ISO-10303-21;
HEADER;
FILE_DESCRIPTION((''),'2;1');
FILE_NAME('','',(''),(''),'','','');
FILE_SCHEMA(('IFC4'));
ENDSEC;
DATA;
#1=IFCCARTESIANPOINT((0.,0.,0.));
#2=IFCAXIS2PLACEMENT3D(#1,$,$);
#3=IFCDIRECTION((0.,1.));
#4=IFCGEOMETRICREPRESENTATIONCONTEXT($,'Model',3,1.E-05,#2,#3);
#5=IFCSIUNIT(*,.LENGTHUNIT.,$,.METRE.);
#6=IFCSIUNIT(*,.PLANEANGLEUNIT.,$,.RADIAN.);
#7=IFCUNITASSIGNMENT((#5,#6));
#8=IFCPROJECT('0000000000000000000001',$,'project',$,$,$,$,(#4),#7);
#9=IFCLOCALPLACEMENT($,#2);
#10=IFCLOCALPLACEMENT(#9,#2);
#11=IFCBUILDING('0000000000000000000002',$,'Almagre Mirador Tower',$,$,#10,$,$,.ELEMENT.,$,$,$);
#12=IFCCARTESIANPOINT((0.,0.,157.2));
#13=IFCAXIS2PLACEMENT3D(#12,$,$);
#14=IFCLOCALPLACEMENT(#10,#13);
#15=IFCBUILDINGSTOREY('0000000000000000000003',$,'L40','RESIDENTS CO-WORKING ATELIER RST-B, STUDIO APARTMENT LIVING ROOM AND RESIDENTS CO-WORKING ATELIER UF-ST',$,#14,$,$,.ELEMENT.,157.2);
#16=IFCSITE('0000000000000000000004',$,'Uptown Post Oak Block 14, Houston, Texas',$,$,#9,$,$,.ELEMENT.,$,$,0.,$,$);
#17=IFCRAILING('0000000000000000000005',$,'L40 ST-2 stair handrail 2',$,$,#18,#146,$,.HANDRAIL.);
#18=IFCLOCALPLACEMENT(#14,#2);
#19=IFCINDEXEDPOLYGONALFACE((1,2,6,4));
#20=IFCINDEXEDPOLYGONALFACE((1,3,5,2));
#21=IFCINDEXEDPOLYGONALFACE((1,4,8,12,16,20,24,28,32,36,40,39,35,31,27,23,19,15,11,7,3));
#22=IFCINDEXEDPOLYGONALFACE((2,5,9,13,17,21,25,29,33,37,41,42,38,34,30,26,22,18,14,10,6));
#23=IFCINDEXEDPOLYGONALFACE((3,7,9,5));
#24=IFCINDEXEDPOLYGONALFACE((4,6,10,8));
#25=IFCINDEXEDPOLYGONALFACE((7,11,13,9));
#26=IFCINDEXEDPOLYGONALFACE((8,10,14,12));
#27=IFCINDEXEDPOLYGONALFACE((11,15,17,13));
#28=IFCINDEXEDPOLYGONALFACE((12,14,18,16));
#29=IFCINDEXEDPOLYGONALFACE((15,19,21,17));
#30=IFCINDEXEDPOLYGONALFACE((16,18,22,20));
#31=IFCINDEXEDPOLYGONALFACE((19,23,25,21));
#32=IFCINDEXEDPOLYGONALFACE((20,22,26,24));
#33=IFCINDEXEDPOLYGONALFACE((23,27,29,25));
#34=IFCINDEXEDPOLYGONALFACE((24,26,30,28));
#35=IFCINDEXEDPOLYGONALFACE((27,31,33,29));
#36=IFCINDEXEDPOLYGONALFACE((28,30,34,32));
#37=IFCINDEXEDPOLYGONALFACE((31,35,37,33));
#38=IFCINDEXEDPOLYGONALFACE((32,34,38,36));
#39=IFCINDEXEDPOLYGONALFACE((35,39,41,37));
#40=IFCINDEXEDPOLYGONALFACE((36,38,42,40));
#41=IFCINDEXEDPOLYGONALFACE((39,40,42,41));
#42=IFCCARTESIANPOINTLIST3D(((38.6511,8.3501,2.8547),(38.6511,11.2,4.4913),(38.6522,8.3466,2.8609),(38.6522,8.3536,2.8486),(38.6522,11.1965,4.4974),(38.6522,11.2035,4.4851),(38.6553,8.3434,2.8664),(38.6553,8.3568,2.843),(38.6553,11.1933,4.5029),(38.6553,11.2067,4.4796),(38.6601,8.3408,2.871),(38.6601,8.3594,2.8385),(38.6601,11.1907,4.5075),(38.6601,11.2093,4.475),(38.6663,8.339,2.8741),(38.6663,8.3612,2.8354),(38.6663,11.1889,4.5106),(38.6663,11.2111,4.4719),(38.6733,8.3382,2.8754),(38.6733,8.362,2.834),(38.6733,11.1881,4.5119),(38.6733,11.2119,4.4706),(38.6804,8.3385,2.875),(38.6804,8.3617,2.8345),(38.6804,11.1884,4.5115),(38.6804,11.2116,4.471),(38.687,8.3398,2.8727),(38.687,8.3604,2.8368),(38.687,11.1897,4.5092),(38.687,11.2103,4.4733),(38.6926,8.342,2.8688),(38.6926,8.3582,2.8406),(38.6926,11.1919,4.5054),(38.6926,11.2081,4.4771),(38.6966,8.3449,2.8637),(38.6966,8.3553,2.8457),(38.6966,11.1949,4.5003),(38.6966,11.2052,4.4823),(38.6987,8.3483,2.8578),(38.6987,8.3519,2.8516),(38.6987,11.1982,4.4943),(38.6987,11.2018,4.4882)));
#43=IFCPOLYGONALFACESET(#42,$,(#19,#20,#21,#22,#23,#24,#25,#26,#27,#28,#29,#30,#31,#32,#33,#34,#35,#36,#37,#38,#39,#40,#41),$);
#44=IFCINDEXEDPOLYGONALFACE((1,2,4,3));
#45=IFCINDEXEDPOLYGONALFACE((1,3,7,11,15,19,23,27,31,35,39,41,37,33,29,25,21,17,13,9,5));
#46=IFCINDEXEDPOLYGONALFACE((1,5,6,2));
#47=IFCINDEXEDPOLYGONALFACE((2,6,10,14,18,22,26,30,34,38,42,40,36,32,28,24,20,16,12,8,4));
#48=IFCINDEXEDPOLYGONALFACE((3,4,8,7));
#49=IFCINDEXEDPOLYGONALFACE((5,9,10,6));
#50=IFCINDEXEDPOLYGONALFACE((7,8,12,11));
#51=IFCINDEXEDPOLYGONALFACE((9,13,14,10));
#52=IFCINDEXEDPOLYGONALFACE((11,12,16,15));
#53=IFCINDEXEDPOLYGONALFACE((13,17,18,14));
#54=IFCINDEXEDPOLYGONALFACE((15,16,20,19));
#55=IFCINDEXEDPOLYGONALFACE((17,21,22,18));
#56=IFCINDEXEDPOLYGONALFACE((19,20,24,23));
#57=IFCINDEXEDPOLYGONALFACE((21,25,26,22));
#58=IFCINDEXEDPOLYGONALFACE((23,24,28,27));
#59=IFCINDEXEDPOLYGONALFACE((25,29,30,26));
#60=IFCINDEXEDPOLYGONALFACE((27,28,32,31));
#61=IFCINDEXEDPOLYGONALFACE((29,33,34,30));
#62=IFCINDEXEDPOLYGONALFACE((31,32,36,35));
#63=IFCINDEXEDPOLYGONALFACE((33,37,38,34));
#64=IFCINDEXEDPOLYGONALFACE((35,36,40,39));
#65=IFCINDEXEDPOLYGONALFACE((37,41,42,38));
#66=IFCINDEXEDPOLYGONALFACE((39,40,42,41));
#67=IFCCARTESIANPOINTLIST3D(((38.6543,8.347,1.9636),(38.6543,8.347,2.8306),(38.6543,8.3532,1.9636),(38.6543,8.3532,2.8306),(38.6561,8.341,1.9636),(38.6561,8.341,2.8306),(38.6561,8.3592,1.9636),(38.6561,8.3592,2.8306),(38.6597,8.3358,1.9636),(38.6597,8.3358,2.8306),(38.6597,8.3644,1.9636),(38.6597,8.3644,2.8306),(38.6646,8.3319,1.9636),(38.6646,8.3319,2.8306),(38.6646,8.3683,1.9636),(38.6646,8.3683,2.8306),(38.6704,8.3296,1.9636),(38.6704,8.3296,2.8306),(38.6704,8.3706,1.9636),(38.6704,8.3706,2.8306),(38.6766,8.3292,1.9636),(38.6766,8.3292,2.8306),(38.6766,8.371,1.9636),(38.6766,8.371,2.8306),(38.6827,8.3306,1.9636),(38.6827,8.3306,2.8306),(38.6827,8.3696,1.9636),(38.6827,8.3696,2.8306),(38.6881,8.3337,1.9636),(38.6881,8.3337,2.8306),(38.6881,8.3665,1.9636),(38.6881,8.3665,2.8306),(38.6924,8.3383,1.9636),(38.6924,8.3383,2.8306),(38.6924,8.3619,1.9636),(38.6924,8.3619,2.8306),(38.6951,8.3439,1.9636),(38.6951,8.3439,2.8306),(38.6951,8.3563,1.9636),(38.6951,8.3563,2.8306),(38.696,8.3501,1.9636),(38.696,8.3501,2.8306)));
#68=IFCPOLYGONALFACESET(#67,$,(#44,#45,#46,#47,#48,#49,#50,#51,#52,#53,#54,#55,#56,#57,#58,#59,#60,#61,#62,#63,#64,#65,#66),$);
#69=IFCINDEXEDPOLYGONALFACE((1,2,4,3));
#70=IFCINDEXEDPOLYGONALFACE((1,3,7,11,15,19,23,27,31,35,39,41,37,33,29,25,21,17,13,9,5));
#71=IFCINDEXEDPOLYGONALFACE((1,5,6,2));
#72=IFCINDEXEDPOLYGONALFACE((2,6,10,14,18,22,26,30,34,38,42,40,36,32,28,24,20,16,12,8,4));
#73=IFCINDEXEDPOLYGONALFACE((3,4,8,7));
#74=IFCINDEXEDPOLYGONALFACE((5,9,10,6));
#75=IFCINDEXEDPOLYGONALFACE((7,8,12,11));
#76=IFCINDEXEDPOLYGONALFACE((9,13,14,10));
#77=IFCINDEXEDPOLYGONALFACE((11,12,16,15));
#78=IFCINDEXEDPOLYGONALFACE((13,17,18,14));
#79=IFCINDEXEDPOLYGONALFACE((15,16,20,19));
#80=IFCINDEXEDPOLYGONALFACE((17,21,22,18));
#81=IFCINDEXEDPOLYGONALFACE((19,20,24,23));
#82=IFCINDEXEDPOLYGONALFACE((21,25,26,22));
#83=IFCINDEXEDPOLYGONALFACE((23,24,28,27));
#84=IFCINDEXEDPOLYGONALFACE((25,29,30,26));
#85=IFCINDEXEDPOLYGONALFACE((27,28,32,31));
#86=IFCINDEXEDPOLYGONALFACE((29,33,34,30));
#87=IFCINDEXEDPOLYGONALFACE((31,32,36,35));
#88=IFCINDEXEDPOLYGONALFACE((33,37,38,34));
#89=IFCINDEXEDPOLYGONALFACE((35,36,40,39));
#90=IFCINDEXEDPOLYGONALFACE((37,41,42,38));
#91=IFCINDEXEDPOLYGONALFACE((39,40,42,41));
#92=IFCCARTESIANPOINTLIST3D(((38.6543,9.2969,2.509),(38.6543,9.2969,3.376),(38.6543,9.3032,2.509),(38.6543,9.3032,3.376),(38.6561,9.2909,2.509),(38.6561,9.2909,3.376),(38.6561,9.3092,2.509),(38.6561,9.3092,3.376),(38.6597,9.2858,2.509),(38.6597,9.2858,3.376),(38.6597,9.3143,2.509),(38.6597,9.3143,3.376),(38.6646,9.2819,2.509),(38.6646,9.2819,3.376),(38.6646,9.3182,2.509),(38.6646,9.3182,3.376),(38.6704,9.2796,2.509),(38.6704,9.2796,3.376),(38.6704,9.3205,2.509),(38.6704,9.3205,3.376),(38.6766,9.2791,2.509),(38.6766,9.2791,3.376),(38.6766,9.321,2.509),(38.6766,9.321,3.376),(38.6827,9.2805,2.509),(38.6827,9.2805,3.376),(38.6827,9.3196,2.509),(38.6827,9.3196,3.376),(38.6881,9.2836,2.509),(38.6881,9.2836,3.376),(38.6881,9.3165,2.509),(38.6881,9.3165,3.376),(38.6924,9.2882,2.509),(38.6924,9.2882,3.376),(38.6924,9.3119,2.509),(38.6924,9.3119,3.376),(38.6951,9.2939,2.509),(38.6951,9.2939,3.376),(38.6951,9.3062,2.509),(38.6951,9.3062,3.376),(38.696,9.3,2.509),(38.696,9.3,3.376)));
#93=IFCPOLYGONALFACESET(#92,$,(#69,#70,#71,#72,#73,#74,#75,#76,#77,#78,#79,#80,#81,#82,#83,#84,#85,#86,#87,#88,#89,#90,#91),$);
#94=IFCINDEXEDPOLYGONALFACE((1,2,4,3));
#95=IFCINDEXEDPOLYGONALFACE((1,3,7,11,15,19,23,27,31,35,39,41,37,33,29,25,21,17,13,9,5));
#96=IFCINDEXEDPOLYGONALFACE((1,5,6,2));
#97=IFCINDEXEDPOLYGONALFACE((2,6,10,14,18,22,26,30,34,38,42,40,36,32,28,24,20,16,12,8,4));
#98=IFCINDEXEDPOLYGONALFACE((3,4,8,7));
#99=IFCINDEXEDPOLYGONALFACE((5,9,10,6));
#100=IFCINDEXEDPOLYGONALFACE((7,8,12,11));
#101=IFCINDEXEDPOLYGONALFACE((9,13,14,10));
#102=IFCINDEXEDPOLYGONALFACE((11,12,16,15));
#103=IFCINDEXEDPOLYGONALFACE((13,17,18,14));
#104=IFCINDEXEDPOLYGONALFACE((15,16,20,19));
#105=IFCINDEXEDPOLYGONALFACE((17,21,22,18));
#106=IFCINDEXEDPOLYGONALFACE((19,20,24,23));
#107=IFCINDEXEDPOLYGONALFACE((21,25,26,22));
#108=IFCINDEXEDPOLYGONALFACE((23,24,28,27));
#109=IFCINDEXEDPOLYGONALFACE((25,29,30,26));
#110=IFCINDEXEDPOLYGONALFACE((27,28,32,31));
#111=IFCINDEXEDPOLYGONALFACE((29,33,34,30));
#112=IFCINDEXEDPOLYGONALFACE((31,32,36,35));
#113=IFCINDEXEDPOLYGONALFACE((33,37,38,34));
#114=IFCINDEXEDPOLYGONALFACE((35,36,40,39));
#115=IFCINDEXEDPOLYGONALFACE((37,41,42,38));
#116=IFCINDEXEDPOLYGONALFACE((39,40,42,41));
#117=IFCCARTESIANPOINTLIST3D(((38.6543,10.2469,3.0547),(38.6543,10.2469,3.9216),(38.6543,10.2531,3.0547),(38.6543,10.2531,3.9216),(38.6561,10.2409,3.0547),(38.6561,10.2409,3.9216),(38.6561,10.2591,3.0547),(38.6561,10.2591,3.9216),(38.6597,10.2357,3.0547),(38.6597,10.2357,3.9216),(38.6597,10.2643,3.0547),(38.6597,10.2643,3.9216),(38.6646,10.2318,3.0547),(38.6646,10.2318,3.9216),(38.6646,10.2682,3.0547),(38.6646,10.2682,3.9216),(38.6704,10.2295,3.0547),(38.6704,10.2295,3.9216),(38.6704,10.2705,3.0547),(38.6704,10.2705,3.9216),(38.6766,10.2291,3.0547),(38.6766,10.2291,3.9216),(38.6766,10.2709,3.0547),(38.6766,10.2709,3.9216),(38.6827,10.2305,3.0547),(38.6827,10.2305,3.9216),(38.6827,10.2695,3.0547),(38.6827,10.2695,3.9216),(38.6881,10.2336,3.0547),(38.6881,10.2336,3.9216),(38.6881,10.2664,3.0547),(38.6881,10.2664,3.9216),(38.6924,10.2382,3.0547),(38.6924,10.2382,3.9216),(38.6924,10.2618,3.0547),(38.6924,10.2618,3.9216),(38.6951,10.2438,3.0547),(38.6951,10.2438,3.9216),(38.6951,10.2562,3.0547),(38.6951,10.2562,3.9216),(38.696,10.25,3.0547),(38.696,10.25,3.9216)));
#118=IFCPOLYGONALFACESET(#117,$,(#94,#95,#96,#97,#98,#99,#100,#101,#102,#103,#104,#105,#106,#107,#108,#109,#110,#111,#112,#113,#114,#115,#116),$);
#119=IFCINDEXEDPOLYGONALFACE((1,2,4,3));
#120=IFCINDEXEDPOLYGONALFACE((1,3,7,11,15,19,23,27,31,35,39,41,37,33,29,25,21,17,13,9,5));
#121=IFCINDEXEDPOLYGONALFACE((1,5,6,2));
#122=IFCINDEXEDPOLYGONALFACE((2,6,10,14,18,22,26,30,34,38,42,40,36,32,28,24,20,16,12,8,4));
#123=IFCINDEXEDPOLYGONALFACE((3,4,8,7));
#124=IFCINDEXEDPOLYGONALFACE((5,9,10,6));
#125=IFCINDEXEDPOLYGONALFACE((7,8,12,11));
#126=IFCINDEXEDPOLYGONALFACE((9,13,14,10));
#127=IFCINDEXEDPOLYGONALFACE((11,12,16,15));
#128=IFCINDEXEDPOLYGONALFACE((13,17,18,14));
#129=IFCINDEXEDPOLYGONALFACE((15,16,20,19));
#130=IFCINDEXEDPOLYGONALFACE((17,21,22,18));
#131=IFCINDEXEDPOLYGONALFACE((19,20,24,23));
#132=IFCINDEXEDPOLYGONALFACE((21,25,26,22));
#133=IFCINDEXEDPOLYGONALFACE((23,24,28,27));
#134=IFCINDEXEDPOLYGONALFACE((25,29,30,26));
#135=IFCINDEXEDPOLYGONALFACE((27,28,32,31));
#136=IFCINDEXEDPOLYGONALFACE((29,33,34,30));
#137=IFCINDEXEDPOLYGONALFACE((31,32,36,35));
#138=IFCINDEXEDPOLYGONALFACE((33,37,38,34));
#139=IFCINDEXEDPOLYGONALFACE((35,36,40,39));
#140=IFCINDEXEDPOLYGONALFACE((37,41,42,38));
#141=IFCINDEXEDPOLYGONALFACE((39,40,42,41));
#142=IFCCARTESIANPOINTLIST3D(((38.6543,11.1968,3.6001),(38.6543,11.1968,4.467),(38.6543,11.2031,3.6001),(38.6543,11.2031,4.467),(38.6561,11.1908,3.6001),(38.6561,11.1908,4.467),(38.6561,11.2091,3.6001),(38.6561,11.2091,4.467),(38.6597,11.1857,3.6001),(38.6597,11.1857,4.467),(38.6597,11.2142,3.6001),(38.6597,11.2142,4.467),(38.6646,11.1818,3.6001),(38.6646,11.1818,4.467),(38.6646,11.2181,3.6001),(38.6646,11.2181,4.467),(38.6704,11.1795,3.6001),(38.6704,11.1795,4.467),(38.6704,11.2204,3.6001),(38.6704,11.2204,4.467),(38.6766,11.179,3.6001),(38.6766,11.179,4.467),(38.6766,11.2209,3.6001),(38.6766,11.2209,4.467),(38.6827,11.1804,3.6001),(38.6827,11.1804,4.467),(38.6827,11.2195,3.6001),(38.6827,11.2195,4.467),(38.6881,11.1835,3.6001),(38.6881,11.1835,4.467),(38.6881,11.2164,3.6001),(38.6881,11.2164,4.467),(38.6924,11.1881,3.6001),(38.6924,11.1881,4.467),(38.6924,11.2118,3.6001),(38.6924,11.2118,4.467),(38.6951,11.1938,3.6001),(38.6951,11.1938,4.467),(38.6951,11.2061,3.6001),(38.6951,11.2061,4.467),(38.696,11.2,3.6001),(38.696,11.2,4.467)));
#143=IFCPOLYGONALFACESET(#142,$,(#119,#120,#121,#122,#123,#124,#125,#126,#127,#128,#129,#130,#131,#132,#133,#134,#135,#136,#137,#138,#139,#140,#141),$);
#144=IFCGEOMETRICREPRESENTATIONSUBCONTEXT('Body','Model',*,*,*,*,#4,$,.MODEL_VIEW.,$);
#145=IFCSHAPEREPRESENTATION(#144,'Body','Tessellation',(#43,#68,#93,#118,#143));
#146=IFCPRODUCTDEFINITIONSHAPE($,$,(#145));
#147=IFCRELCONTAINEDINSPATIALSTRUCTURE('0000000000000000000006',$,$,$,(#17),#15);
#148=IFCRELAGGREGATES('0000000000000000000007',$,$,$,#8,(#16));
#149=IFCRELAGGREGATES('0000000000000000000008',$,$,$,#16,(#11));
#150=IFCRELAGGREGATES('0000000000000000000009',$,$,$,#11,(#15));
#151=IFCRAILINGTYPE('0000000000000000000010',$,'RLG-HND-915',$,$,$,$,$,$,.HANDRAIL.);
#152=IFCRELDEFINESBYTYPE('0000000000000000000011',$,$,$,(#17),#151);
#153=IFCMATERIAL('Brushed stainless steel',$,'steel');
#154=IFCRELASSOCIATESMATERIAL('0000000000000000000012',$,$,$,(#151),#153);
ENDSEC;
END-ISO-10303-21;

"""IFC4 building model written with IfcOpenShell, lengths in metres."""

from ifc_helpers import new_model, si_unit, direction, frame, origin, origin_2d, place, context, subcontext, project, spatial, circle, extrude, material, type_object, element, save


model = new_model("IFC4")

# Units and contexts
model_context = context("Model", 3, precision=1e-05, world=origin(), true_north=direction((0.0, 1.0)))
body_context = subcontext(model_context, "Body", "Model", "MODEL_VIEW")
ifc_project = project(units=[si_unit("LENGTHUNIT", "METRE"), si_unit("PLANEANGLEUNIT", "RADIAN")], contexts=[model_context])

# Site, building, storey
site_placement = place(None, origin())
site = spatial("IfcSite", under=ifc_project, at=site_placement, Name="Uptown Post Oak Block 14, Houston, Texas", CompositionType="ELEMENT", RefElevation=0.0)
building_placement = place(site_placement, origin())
building = spatial("IfcBuilding", under=site, at=building_placement, Name="Almagre Mirador Tower", CompositionType="ELEMENT")
storey_placement = place(building_placement, frame((0.0, 0.0, 157.2)))
storey = spatial("IfcBuildingStorey", under=building, at=storey_placement, Name="L40", Description="RESIDENTS CO-WORKING ATELIER RST-B, STUDIO APARTMENT LIVING ROOM AND RESIDENTS CO-WORKING ATELIER UF-ST", CompositionType="ELEMENT", Elevation=157.2)

# Railing
ifc_material_1 = material(Name="Brushed stainless steel", Category="steel")
railing_type_1 = type_object("IfcRailingType", Name="RLG-HND-915", PredefinedType="HANDRAIL", material=ifc_material_1)
railing_1_placement = place(storey_placement, frame((38.675, 8.3501, 1.9636)))
element("IfcRailing", 1, at=railing_1_placement, inside=storey, type_object=railing_type_1, Name="L40 ST-2 stair handrail 2", PredefinedType="HANDRAIL", context=body_context, shape_type="SweptSolid", body=[
    extrude(circle(Radius=0.0239, at=origin_2d()), frame((0.0, 0.0, 0.8911), z_axis=(0.0, 0.867194, 0.49797), x_axis=(-1.0, 0.0, 0.0)), (0.0, 0.0, 1.0), 3.2864),
    extrude(circle(Radius=0.021, at=origin_2d()), origin(), (0.0, 0.0, 1.0), 0.8669),
    extrude(circle(Radius=0.021, at=origin_2d()), frame((0.0, 0.95, 0.5454)), (0.0, 0.0, 1.0), 0.8669),
    extrude(circle(Radius=0.021, at=origin_2d()), frame((0.0, 1.8999, 1.0911)), (0.0, 0.0, 1.0), 0.8669),
    extrude(circle(Radius=0.021, at=origin_2d()), frame((0.0, 2.8499, 1.6365)), (0.0, 0.0, 1.0), 0.8669),
])

save(model, "model.ifc")
